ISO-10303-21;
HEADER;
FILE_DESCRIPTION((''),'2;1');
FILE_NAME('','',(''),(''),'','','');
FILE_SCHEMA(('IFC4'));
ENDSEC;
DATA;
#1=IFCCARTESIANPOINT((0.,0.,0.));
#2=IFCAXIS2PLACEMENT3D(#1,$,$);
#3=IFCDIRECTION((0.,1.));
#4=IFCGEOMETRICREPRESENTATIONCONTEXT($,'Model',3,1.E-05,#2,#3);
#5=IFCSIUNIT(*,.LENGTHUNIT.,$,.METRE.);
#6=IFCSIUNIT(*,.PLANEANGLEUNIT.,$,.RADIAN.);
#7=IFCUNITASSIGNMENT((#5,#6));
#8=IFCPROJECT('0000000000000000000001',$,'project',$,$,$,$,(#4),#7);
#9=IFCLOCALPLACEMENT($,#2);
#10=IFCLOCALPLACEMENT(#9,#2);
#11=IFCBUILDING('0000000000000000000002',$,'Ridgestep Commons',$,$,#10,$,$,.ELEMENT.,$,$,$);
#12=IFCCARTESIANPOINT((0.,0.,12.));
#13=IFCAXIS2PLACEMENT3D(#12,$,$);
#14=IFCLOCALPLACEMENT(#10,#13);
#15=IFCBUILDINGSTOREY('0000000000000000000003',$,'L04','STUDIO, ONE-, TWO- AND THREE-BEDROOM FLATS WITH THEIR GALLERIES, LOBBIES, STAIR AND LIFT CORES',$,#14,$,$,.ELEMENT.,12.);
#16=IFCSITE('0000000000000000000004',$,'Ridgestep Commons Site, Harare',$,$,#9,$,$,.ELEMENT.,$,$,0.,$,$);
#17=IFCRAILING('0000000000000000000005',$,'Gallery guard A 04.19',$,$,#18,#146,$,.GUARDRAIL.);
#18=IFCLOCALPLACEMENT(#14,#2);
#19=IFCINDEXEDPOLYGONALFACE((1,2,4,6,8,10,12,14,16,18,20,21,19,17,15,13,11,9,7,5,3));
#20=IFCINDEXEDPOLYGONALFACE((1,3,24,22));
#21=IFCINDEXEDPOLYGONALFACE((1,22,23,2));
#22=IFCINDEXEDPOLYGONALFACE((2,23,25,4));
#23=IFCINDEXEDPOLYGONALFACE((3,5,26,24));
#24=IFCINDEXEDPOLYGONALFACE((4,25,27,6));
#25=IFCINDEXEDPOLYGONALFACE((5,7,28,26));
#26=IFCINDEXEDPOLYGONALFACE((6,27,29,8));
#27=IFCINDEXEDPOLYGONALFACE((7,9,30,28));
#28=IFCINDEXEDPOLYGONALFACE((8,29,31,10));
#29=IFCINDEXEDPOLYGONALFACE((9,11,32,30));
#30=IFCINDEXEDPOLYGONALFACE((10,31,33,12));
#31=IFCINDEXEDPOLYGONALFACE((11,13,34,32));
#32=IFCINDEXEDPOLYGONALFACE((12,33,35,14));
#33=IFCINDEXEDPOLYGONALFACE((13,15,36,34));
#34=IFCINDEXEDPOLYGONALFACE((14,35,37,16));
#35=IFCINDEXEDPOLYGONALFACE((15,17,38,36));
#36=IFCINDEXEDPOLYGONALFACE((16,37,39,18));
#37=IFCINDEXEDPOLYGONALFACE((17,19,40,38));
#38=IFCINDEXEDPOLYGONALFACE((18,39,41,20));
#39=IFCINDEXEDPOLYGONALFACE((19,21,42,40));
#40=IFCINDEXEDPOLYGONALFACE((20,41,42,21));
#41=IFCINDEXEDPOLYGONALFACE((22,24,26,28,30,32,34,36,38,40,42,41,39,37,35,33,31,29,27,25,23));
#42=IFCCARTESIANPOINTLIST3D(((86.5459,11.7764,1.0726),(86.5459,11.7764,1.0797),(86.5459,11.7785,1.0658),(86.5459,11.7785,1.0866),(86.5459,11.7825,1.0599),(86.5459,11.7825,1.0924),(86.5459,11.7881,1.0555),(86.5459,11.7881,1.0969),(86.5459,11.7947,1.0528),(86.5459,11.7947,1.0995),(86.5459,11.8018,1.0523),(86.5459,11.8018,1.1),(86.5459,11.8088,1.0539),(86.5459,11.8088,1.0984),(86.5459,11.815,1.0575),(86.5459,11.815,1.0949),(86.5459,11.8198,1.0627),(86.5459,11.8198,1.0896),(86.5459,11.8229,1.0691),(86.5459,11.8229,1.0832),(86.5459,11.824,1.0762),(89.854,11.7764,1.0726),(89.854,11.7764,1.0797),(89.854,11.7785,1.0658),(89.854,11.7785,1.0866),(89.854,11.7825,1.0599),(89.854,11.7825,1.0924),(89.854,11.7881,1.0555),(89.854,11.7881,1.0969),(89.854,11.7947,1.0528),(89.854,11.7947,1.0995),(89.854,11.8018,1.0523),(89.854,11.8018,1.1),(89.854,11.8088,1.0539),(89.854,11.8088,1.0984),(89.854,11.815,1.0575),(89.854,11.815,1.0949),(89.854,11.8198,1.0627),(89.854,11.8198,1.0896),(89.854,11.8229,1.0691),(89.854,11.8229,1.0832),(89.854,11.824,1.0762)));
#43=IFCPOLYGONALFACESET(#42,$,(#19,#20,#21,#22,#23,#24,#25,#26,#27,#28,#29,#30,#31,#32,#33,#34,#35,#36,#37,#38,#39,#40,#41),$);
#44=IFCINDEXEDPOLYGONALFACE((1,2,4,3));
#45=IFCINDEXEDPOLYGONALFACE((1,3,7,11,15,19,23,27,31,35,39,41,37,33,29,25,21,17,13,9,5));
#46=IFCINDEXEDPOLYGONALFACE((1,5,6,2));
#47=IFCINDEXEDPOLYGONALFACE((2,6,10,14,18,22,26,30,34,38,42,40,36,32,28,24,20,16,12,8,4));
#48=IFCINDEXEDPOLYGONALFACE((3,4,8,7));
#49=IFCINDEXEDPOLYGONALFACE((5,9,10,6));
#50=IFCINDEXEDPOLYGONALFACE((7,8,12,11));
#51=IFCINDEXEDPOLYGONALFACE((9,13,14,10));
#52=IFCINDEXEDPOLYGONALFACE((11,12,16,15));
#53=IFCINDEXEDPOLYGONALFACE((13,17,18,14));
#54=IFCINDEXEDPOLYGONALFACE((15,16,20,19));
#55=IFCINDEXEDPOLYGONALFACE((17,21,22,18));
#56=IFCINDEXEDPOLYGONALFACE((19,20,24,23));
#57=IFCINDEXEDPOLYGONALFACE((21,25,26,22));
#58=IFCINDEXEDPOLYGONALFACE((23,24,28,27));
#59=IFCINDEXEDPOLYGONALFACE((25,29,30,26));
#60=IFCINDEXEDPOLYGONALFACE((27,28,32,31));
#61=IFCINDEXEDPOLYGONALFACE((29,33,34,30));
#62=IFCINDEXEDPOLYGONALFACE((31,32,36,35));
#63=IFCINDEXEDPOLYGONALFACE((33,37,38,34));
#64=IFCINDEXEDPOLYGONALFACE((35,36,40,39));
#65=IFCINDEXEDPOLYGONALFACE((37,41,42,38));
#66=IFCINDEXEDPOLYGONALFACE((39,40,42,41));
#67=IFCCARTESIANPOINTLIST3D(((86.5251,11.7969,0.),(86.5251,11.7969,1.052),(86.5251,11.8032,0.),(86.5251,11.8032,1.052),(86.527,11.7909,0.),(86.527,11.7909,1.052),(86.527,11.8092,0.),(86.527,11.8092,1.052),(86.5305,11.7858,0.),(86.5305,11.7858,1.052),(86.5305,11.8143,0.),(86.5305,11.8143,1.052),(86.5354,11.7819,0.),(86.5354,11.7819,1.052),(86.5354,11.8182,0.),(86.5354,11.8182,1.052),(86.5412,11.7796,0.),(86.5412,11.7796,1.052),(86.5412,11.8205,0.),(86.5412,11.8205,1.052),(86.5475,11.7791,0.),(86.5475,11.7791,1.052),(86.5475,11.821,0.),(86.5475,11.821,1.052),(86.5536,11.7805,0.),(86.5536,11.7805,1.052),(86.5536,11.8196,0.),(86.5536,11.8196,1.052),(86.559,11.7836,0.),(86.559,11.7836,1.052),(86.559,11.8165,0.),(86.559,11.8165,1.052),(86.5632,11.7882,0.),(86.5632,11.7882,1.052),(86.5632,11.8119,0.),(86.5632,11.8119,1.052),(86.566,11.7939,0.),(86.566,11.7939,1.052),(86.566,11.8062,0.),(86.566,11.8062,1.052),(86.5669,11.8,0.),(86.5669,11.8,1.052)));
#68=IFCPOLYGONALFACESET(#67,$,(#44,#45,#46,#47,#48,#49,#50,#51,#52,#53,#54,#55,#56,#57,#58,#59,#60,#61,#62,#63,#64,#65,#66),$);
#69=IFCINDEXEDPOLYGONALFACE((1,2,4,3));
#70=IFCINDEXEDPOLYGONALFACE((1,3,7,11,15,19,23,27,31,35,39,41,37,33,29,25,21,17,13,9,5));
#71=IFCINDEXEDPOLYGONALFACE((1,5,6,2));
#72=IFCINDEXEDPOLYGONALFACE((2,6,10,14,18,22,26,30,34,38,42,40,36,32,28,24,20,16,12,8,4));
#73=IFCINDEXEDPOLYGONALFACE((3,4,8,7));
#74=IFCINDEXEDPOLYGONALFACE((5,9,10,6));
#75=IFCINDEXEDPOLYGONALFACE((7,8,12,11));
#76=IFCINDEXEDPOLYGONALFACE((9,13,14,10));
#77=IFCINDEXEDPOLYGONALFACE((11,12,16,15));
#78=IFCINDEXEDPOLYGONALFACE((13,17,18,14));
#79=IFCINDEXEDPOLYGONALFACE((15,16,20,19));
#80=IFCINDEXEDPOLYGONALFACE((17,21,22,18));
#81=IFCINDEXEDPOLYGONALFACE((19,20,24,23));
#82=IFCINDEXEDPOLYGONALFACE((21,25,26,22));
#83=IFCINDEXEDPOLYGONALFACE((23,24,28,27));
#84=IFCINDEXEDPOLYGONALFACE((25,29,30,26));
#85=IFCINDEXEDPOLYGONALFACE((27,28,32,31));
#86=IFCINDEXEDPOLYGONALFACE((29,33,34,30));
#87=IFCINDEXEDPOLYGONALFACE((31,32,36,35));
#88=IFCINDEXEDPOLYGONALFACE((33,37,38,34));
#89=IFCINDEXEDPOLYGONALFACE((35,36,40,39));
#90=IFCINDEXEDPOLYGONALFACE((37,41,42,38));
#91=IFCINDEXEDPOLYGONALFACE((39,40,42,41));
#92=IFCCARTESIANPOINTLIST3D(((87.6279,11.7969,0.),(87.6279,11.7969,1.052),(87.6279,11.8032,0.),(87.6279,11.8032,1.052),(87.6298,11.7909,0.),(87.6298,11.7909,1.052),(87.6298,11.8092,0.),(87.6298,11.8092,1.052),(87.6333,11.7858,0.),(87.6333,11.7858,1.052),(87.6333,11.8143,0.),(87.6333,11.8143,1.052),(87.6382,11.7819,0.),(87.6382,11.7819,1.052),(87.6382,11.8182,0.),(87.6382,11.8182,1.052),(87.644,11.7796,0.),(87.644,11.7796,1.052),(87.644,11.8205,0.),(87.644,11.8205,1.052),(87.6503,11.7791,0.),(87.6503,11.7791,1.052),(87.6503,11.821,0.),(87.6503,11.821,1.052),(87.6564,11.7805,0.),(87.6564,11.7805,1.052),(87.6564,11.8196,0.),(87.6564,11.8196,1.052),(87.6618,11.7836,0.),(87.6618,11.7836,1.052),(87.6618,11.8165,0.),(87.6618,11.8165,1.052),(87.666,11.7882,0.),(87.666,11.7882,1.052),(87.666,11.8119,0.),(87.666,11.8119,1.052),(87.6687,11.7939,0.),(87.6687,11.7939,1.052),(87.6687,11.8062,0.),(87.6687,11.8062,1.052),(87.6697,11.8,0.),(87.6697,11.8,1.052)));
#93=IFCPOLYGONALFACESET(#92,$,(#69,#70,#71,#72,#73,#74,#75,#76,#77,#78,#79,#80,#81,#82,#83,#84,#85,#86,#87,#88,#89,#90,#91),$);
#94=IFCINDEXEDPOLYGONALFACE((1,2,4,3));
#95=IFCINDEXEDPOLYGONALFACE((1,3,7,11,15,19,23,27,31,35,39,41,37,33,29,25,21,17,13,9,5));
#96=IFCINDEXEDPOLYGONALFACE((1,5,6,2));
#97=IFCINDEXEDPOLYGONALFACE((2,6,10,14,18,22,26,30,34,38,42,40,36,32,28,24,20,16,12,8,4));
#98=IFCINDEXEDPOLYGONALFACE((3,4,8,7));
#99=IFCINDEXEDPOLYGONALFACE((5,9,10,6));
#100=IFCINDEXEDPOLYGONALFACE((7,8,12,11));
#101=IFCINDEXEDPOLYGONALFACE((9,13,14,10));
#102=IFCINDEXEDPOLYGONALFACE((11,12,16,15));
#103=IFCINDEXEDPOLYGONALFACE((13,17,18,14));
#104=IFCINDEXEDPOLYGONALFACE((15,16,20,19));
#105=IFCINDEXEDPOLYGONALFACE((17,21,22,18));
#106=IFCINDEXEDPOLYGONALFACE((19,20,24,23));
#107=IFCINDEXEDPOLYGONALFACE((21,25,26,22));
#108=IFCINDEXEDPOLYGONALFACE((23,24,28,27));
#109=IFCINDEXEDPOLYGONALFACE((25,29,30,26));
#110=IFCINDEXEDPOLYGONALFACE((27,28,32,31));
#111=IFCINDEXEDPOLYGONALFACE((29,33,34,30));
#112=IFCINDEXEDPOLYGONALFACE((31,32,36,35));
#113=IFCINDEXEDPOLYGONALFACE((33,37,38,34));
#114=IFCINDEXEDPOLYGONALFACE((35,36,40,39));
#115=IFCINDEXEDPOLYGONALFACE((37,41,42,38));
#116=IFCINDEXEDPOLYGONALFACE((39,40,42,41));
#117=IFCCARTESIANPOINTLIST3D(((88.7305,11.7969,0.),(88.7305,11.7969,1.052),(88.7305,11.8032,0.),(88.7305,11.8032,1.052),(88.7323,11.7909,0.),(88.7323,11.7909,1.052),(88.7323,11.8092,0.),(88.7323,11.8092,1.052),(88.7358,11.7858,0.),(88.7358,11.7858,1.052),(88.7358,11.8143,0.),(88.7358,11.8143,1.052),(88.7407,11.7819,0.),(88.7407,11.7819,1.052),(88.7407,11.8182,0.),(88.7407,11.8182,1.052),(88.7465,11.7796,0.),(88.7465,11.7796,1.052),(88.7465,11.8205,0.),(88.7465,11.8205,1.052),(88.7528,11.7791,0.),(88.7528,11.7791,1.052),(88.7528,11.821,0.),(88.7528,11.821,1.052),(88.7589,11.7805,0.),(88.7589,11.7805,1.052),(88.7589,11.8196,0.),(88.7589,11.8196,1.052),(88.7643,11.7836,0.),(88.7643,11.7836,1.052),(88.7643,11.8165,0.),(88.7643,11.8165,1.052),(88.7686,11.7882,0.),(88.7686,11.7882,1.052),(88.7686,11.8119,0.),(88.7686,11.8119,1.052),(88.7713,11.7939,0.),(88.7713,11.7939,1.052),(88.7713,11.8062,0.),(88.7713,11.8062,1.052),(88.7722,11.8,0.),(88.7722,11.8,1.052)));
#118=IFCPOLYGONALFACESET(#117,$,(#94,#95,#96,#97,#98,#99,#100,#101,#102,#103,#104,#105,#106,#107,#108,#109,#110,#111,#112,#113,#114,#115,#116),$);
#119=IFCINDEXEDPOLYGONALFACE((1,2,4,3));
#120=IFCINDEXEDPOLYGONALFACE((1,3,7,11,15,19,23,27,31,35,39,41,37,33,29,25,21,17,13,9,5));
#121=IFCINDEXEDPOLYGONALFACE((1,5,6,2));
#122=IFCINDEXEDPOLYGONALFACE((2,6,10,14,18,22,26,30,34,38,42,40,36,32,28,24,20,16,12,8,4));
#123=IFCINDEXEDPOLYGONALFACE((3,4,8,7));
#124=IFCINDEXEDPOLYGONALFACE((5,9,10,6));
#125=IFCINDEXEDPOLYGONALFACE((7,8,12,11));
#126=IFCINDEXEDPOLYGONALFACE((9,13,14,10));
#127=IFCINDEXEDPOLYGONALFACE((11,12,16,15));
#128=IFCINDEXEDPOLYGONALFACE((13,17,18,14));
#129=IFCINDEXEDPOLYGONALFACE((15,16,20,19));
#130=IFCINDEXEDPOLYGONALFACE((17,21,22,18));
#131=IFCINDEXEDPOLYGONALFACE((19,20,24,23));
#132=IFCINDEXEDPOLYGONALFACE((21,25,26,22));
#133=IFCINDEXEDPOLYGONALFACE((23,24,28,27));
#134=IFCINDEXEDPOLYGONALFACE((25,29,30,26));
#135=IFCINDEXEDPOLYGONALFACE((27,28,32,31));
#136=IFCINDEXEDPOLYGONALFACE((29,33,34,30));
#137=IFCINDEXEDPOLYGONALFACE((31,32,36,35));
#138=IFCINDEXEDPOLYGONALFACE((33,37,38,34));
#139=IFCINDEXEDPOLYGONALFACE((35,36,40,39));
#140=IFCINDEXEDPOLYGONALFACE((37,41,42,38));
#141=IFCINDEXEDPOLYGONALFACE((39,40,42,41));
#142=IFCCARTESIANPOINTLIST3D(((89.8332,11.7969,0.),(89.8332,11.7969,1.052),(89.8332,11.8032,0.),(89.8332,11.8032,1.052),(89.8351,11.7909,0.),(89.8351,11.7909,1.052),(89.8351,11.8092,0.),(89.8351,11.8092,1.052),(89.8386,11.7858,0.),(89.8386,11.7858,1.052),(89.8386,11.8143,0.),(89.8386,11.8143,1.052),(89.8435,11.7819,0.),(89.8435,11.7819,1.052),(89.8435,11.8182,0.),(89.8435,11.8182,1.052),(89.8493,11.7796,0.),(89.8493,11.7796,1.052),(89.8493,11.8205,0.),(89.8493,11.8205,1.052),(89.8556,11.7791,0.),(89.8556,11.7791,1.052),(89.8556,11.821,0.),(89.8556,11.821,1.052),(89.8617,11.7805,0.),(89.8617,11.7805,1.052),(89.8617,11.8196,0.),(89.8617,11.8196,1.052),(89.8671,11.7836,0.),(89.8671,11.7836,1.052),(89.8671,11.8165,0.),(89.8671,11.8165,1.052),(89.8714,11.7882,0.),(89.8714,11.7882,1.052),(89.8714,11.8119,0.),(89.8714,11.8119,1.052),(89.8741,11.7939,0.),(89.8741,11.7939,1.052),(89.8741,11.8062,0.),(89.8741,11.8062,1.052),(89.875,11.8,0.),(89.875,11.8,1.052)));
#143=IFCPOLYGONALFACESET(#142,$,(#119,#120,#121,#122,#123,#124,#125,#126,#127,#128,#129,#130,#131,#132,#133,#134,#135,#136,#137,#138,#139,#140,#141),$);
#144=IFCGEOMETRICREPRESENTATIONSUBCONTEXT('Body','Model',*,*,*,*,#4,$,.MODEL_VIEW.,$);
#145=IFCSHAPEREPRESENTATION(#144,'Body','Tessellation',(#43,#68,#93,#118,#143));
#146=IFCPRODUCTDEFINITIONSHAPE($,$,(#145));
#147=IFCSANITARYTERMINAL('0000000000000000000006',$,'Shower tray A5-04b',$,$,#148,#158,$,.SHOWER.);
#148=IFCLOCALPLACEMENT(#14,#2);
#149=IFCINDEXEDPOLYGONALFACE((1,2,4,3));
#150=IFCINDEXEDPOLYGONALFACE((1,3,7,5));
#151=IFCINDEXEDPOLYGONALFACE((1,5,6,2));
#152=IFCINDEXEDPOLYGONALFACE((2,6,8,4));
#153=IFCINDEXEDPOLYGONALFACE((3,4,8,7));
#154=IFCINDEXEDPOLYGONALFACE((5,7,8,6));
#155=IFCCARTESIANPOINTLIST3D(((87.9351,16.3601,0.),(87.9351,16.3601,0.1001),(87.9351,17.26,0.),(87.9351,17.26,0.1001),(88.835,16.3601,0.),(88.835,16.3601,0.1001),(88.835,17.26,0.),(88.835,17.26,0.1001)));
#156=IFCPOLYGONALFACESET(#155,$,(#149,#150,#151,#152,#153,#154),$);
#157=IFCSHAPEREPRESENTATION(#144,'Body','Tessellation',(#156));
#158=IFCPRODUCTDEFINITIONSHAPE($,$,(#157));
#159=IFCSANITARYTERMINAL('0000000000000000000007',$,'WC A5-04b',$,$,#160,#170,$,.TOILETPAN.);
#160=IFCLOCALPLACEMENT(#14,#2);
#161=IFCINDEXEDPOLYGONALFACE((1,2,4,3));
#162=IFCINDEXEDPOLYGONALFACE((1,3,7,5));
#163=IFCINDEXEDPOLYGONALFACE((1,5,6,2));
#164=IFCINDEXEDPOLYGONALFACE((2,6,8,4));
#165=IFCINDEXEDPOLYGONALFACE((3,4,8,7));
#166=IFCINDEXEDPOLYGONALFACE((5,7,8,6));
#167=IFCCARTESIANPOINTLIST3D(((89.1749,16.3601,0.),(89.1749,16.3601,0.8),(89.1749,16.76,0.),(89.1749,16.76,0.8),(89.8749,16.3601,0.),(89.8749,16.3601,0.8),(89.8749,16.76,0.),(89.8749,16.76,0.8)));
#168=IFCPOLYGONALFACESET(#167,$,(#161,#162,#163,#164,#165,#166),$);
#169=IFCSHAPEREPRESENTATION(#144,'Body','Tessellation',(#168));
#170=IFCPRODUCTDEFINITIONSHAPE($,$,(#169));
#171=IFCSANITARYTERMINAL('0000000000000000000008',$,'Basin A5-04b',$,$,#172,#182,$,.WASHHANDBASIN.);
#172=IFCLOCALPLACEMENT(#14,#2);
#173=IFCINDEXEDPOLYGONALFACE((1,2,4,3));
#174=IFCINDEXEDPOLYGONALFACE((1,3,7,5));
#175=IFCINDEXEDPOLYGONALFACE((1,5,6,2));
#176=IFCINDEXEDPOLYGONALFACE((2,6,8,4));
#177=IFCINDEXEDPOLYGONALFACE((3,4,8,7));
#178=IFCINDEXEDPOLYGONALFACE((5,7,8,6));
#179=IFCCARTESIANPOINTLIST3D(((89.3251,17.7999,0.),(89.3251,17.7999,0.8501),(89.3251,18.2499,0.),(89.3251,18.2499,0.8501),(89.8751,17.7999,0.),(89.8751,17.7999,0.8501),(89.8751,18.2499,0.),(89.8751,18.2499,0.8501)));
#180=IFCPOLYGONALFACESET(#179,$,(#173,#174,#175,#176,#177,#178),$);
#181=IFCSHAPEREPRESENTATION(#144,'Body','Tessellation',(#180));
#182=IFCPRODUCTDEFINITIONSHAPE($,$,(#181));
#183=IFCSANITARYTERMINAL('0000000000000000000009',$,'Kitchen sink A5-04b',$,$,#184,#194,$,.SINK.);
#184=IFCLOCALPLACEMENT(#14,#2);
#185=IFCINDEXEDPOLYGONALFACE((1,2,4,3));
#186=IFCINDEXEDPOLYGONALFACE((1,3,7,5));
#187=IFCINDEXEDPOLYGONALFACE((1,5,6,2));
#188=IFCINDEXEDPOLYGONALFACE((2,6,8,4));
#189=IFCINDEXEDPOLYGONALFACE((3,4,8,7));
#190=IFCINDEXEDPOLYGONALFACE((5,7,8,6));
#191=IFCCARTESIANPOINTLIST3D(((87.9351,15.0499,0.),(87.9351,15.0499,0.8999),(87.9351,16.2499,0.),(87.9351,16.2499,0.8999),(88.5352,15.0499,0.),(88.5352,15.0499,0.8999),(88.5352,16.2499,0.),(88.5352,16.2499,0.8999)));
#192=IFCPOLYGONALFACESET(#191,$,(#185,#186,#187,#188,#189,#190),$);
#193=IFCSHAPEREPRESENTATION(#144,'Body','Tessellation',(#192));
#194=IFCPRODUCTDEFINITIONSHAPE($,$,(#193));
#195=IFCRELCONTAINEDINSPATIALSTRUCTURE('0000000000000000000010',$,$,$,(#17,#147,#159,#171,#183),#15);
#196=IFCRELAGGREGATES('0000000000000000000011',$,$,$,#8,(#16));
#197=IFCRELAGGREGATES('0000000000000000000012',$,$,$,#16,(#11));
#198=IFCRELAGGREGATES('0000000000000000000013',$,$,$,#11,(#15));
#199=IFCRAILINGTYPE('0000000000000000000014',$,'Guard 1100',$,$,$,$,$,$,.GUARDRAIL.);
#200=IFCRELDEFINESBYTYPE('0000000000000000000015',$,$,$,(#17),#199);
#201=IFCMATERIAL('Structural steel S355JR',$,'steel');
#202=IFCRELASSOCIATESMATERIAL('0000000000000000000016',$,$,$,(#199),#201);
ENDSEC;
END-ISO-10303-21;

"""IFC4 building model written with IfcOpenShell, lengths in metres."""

from ifc_helpers import new_model, si_unit, direction, frame, origin, origin_2d, place, context, subcontext, project, spatial, rectangle, circle, extrude, material, type_object, element, save


model = new_model("IFC4")

# Units and contexts
model_context = context("Model", 3, precision=1e-05, world=origin(), true_north=direction((0.0, 1.0)))
body_context = subcontext(model_context, "Body", "Model", "MODEL_VIEW")
ifc_project = project(units=[si_unit("LENGTHUNIT", "METRE"), si_unit("PLANEANGLEUNIT", "RADIAN")], contexts=[model_context])

# Site, building, storey
site_placement = place(None, origin())
site = spatial("IfcSite", under=ifc_project, at=site_placement, Name="Ridgestep Commons Site, Harare", CompositionType="ELEMENT", RefElevation=0.0)
building_placement = place(site_placement, origin())
building = spatial("IfcBuilding", under=site, at=building_placement, Name="Ridgestep Commons", CompositionType="ELEMENT")
storey_placement = place(building_placement, frame((0.0, 0.0, 12.0)))
storey = spatial("IfcBuildingStorey", under=building, at=storey_placement, Name="L04", Description="STUDIO, ONE-, TWO- AND THREE-BEDROOM FLATS WITH THEIR GALLERIES, LOBBIES, STAIR AND LIFT CORES", CompositionType="ELEMENT", Elevation=12.0)

# Railing
ifc_material_1 = material(Name="Structural steel S355JR", Category="steel")
railing_type = type_object("IfcRailingType", Name="Guard 1100", PredefinedType="GUARDRAIL", material=ifc_material_1)
railing_placement = place(storey_placement, frame((86.5459, 11.8, 0.0)))
element("IfcRailing", 1, at=railing_placement, inside=storey, type_object=railing_type, Name="Gallery guard A 04.19", PredefinedType="GUARDRAIL", context=body_context, shape_type="SweptSolid", body=[
    extrude(circle(Radius=0.0239, at=origin_2d()), frame((0.0, 0.0, 1.0762), z_axis=(1.0, 0.0, 0.0), x_axis=(0.0, 1.0, 0.0)), (0.0, 0.0, 1.0), 3.3081),
    extrude(circle(Radius=0.021, at=origin_2d()), origin(), (0.0, 0.0, 1.0), 1.052),
    extrude(circle(Radius=0.021, at=origin_2d()), frame((1.1028, 0.0, 0.0)), (0.0, 0.0, 1.0), 1.052),
    extrude(circle(Radius=0.021, at=origin_2d()), frame((2.2053, 0.0, 0.0)), (0.0, 0.0, 1.0), 1.052),
    extrude(circle(Radius=0.021, at=origin_2d()), frame((3.3081, 0.0, 0.0)), (0.0, 0.0, 1.0), 1.052),
])

# Sanitary terminals
sanitary_terminal_1_placement = place(storey_placement, frame((88.385, 16.8101, 0.0), z_axis=(0.0, 0.0, 1.0), x_axis=(1.0, 0.0, 0.0)))
element("IfcSanitaryTerminal", 2, at=sanitary_terminal_1_placement, inside=storey, Name="Shower tray A5-04b", PredefinedType="SHOWER", context=body_context, shape_type="SweptSolid", body=[
    extrude(rectangle(XDim=0.8999, YDim=0.8999, at=origin_2d()), origin(), (0.0, 0.0, 1.0), 0.1001),
])
sanitary_terminal_2_placement = place(storey_placement, frame((89.5249, 16.5601, 0.0), z_axis=(0.0, 0.0, 1.0), x_axis=(1.0, 0.0, 0.0)))
element("IfcSanitaryTerminal", 3, at=sanitary_terminal_2_placement, inside=storey, Name="WC A5-04b", PredefinedType="TOILETPAN", context=body_context, shape_type="SweptSolid", body=[
    extrude(rectangle(XDim=0.7, YDim=0.3999, at=origin_2d()), origin(), (0.0, 0.0, 1.0), 0.8),
])
sanitary_terminal_3_placement = place(storey_placement, frame((89.6001, 18.0249, 0.0), z_axis=(0.0, 0.0, 1.0), x_axis=(1.0, 0.0, 0.0)))
element("IfcSanitaryTerminal", 4, at=sanitary_terminal_3_placement, inside=storey, Name="Basin A5-04b", PredefinedType="WASHHANDBASIN", context=body_context, shape_type="SweptSolid", body=[
    extrude(rectangle(XDim=0.55, YDim=0.45, at=origin_2d()), origin(), (0.0, 0.0, 1.0), 0.8501),
])
sanitary_terminal_4_placement = place(storey_placement, frame((88.2351, 15.6499, 0.0), z_axis=(0.0, 0.0, 1.0), x_axis=(1.0, 0.0, 0.0)))
element("IfcSanitaryTerminal", 5, at=sanitary_terminal_4_placement, inside=storey, Name="Kitchen sink A5-04b", PredefinedType="SINK", context=body_context, shape_type="SweptSolid", body=[
    extrude(rectangle(XDim=0.6001, YDim=1.2, at=origin_2d()), origin(), (0.0, 0.0, 1.0), 0.8999),
])

save(model, "model.ifc")
